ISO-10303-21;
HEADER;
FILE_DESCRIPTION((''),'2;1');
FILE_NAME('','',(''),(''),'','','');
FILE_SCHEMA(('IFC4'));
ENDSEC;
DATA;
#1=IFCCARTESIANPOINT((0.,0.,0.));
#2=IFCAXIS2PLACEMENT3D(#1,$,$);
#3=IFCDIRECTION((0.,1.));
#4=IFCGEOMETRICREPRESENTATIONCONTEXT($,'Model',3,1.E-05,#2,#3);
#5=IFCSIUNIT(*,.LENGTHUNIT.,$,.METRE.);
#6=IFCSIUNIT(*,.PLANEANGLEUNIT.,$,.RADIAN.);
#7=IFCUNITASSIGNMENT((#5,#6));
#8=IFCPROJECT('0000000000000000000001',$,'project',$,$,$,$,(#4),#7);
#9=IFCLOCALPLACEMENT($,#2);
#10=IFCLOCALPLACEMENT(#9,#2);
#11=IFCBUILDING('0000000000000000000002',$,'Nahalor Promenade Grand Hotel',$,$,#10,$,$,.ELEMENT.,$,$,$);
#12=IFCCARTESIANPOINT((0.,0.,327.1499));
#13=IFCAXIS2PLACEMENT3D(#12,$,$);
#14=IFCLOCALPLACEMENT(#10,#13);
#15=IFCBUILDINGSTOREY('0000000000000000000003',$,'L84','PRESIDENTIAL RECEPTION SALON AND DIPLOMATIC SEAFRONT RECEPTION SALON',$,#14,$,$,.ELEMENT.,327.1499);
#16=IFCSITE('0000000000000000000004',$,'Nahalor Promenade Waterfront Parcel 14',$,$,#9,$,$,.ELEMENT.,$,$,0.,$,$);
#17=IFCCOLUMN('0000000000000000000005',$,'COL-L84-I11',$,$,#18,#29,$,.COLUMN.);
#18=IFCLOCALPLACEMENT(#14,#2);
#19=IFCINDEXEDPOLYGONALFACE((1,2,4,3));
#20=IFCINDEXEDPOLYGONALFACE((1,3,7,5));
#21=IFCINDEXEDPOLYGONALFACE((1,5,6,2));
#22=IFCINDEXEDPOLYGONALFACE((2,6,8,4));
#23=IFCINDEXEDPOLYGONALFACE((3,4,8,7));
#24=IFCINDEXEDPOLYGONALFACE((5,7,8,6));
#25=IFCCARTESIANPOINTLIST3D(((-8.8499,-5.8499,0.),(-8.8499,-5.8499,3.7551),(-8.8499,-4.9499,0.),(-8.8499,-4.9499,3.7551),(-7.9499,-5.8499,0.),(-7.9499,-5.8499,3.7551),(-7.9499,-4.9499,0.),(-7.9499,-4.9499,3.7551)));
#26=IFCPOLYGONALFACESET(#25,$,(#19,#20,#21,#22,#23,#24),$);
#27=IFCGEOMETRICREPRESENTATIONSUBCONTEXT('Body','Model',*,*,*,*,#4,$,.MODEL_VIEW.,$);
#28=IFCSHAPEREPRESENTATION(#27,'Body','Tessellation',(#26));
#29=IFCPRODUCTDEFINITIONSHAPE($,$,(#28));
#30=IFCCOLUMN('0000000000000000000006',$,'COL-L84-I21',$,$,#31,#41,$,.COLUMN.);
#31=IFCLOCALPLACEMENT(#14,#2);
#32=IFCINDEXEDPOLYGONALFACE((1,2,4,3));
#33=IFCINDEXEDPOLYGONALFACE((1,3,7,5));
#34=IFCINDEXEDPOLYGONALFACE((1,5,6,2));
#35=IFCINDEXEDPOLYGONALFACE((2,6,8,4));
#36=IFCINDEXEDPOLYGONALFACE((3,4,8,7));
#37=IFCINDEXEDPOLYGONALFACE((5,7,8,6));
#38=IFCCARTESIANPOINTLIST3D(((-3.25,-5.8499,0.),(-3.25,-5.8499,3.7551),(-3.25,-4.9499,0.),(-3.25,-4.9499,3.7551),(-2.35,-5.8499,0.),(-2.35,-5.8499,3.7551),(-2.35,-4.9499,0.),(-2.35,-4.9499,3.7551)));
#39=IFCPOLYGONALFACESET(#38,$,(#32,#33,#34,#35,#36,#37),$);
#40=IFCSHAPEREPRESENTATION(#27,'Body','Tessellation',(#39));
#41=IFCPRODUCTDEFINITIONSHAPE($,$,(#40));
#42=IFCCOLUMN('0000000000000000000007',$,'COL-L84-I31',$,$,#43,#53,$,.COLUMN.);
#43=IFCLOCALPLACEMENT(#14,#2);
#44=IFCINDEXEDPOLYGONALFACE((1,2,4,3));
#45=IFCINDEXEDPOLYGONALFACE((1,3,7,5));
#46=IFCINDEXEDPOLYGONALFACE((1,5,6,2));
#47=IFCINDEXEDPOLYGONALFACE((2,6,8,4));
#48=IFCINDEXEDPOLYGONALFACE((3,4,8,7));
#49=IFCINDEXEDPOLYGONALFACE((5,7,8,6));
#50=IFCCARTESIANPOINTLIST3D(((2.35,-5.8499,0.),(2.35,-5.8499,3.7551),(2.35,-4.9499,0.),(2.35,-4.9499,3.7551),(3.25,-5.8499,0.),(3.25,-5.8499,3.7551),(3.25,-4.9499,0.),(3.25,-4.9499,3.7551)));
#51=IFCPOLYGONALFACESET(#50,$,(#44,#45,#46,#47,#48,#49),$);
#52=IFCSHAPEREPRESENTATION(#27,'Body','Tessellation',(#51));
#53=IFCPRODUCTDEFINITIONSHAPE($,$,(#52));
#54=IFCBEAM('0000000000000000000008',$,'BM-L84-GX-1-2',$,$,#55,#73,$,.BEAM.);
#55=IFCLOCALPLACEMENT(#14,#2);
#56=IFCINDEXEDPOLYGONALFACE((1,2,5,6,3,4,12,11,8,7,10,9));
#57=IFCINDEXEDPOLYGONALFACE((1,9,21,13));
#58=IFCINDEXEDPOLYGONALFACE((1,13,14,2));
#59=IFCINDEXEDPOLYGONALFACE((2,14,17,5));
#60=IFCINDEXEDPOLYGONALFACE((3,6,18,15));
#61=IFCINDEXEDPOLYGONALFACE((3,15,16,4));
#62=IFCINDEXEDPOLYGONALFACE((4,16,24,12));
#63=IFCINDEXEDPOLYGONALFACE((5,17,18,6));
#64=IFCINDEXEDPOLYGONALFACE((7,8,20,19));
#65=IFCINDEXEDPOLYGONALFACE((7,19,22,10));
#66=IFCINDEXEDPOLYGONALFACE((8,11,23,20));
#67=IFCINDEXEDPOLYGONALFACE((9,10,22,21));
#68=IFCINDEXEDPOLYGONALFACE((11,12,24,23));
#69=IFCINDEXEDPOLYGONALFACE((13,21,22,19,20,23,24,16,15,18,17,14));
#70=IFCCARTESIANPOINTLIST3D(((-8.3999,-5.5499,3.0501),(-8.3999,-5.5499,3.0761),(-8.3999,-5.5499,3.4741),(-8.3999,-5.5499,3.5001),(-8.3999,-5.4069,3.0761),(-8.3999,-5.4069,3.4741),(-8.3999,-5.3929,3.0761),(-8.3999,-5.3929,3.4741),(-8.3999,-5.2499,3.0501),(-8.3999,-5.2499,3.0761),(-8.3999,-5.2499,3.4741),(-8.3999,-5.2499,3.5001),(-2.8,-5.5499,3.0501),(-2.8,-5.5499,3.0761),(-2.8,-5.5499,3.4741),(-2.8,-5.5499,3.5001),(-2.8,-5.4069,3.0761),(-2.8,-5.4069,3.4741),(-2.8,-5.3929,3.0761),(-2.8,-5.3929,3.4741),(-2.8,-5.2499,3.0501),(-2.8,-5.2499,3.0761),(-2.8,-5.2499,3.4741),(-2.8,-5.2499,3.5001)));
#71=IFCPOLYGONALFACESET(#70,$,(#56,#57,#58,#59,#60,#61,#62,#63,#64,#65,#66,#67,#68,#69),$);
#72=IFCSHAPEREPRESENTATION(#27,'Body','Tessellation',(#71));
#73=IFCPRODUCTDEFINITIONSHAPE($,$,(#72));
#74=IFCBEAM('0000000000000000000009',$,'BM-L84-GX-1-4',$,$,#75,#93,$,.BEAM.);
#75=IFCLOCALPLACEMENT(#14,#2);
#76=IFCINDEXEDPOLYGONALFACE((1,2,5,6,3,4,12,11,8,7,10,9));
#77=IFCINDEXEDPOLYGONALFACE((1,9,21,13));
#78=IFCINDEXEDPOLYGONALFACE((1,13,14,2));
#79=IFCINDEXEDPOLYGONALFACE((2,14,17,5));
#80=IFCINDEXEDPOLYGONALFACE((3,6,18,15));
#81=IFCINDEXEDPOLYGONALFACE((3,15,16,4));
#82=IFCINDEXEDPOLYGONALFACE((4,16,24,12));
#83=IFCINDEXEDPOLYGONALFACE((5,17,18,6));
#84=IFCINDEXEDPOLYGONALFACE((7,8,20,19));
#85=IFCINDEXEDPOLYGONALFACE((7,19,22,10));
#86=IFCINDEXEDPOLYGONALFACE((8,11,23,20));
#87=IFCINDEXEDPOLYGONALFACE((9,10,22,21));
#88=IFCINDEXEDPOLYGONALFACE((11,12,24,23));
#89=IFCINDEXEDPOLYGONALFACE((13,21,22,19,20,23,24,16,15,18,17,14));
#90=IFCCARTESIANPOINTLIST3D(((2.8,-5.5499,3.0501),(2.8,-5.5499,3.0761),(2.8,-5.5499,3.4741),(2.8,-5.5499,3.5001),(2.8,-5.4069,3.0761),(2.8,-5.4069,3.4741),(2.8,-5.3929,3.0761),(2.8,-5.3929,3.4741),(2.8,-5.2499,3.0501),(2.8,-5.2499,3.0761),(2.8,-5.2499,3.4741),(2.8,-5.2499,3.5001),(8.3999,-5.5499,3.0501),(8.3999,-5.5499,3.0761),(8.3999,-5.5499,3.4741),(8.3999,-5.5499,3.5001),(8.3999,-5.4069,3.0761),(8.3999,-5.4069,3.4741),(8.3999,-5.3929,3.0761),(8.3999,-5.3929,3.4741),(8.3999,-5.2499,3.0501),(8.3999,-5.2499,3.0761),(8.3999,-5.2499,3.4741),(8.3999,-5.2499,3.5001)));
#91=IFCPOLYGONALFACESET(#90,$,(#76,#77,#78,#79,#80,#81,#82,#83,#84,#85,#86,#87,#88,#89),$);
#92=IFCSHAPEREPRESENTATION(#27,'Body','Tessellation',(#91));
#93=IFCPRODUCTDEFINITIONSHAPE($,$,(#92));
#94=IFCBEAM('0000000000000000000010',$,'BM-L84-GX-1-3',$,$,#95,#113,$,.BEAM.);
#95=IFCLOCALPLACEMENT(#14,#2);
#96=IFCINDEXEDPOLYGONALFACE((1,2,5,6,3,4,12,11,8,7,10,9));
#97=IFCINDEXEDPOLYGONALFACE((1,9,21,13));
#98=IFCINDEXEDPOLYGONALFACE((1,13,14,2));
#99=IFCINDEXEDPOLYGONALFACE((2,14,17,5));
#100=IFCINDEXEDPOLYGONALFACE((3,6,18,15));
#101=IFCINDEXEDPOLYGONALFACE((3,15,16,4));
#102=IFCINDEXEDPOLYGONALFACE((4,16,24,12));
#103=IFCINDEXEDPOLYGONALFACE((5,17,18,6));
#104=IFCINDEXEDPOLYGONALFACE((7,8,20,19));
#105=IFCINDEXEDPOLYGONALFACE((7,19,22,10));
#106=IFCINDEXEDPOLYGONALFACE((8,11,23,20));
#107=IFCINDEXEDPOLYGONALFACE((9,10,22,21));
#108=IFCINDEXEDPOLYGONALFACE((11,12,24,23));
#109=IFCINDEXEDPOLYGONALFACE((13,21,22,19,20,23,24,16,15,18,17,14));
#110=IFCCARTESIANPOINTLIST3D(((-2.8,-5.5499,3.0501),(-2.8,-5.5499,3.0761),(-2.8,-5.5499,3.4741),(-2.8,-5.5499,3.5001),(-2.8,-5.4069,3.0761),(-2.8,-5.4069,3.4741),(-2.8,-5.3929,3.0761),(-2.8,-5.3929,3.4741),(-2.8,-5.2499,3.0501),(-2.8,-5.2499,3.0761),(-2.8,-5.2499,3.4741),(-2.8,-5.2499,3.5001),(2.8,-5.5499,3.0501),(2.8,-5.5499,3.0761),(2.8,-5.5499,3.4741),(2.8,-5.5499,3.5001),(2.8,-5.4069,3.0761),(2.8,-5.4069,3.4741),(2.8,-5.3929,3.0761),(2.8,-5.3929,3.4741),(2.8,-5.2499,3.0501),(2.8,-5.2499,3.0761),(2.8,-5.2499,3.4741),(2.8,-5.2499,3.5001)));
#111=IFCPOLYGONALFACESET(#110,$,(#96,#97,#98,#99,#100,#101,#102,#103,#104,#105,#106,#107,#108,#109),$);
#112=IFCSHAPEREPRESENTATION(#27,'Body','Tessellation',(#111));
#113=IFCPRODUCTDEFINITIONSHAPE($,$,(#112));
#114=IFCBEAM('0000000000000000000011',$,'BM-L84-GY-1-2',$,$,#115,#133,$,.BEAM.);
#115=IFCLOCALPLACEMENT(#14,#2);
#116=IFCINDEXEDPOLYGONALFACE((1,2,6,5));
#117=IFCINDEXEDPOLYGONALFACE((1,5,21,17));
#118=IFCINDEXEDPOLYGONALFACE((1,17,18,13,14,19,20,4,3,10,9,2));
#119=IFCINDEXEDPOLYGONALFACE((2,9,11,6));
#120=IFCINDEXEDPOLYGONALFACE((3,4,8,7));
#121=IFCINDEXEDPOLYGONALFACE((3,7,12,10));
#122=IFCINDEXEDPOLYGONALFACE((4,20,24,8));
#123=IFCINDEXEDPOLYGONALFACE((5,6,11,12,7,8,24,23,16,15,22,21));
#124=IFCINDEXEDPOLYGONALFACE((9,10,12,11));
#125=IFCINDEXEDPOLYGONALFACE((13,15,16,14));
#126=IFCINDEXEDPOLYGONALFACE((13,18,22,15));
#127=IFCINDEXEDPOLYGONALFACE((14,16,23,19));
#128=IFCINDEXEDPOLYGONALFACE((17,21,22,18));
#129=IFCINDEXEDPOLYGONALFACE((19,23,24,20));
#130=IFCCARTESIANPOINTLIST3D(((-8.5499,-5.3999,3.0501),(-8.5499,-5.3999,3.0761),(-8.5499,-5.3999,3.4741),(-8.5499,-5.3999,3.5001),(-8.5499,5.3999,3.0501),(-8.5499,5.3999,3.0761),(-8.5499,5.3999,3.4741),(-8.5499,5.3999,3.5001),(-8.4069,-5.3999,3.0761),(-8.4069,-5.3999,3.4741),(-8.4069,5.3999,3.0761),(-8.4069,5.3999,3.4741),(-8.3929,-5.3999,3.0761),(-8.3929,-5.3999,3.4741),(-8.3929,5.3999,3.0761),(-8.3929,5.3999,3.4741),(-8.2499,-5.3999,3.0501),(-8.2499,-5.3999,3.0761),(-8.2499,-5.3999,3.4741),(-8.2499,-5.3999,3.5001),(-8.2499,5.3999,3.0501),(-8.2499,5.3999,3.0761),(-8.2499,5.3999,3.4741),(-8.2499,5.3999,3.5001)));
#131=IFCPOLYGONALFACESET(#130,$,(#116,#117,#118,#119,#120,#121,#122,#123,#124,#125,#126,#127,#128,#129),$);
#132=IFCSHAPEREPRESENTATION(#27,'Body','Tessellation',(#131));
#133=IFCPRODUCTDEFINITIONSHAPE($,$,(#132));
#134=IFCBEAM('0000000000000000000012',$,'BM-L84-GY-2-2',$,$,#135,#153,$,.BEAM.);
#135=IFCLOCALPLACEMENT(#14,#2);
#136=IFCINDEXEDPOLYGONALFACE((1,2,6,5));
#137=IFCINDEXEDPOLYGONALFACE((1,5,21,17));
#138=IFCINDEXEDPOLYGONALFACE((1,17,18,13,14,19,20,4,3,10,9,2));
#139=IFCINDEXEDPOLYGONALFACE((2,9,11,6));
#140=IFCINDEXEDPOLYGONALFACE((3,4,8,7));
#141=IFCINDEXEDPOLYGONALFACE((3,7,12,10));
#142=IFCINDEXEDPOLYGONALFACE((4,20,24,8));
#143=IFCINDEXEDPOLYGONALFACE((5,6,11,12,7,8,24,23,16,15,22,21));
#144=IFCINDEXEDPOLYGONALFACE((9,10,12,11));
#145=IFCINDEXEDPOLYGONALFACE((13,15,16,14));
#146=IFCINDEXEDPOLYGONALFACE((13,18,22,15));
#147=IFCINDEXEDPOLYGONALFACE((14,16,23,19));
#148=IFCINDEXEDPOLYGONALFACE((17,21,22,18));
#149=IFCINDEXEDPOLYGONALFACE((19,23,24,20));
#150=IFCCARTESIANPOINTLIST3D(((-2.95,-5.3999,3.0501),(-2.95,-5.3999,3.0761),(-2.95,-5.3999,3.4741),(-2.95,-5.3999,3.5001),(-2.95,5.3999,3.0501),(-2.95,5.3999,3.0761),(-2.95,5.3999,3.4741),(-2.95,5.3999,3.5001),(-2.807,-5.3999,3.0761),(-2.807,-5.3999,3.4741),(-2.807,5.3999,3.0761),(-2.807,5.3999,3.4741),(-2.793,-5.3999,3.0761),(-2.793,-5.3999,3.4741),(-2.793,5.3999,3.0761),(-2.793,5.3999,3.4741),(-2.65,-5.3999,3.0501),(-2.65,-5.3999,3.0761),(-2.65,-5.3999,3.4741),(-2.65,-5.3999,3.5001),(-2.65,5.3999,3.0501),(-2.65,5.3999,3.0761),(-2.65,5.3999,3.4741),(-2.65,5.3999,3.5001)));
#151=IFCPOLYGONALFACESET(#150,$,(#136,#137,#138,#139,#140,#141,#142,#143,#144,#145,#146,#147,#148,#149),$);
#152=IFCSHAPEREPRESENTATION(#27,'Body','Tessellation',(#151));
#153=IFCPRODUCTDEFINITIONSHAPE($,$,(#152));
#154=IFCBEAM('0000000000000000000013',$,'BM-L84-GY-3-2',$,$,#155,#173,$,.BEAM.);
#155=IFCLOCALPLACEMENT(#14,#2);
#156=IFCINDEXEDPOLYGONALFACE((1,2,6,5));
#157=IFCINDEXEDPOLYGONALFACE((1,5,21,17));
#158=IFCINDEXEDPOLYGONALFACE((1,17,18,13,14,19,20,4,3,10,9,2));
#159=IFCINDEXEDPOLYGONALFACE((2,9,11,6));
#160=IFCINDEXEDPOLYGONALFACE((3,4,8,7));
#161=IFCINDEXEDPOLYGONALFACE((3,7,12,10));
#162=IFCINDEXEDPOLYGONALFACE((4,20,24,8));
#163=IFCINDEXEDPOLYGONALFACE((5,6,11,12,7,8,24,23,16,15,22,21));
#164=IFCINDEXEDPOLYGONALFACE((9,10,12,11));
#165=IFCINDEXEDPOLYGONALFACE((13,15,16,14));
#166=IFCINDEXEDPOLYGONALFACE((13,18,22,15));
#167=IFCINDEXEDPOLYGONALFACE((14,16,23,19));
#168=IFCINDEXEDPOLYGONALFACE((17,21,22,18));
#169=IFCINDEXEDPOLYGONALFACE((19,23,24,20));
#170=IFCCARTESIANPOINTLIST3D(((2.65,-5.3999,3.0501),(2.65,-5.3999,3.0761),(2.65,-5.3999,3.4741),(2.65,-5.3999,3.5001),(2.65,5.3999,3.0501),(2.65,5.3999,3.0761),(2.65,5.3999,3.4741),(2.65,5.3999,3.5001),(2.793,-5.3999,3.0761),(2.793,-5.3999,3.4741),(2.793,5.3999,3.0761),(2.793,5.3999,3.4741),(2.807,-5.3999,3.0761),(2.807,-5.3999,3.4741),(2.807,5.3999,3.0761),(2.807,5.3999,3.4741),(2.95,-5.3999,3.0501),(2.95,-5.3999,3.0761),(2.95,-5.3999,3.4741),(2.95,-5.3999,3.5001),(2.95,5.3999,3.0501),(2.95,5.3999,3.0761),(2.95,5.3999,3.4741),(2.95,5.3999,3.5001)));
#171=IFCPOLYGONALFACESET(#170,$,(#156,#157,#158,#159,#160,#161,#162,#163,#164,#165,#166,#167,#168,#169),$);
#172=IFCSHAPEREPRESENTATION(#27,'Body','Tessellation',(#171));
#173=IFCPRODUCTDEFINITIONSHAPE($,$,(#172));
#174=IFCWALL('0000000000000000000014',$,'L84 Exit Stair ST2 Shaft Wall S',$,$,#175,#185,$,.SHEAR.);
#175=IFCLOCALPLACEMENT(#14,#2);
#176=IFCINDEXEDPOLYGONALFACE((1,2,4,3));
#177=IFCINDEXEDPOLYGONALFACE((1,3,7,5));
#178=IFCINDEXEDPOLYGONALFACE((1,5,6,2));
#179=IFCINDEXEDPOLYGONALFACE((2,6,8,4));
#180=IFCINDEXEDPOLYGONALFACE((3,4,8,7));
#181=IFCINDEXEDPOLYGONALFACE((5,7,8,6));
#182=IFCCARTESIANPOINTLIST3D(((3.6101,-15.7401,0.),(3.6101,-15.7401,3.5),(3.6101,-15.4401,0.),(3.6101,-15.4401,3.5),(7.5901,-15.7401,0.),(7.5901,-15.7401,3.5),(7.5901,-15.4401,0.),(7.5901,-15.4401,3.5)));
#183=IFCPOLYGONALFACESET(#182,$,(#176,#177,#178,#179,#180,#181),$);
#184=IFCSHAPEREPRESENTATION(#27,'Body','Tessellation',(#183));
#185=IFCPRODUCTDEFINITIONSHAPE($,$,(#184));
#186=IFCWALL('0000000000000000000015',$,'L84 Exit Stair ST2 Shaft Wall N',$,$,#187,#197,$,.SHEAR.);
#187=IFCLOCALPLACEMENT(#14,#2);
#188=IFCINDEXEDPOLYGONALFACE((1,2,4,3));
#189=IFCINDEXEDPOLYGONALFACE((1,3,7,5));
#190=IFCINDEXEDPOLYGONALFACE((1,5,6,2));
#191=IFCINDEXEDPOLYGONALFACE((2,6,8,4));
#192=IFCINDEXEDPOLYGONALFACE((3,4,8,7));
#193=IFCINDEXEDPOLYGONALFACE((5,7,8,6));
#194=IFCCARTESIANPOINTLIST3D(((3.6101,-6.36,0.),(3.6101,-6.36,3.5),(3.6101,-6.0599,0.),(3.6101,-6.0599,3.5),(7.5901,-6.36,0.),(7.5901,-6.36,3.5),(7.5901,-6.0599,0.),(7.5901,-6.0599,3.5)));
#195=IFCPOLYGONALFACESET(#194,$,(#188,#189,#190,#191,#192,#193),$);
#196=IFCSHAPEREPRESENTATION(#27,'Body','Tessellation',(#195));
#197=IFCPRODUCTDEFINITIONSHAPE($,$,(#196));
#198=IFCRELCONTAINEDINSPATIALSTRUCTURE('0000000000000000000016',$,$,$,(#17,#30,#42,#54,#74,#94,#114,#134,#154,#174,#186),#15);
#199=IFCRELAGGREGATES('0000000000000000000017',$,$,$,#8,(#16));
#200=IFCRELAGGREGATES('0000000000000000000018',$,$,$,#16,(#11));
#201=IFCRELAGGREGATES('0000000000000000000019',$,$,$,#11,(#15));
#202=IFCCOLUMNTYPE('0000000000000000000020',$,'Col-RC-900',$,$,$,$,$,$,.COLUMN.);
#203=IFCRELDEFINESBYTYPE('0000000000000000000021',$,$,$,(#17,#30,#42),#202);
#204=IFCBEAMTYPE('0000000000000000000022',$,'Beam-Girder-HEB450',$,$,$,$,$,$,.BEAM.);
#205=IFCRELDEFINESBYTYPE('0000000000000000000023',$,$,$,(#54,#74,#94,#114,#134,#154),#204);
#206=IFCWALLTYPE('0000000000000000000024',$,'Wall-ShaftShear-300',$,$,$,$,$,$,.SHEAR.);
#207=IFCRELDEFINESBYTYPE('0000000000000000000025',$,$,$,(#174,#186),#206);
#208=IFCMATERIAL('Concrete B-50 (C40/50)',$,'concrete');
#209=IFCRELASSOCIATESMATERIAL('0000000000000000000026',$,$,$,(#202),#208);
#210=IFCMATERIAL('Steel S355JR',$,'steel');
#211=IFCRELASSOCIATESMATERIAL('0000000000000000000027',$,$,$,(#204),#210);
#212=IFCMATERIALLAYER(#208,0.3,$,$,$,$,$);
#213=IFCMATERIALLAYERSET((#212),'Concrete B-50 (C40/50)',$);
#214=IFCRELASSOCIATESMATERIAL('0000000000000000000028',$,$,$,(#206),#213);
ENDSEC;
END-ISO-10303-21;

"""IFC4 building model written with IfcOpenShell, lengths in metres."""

from ifc_helpers import new_model, si_unit, direction, frame, frame_2d, origin, origin_2d, place, context, subcontext, project, spatial, rectangle, i_section, extrude, source, transform, mapped, material, layer, layer_set, material_profile, profile_set, type_object, element, save


model = new_model("IFC4")

# Units and contexts
model_context = context("Model", 3, precision=1e-05, world=origin(), true_north=direction((0.0, 1.0)))
body_context = subcontext(model_context, "Body", "Model", "MODEL_VIEW")
ifc_project = project(units=[si_unit("LENGTHUNIT", "METRE"), si_unit("PLANEANGLEUNIT", "RADIAN")], contexts=[model_context])

# Site, building, storey
site_placement = place(None, origin())
site = spatial("IfcSite", under=ifc_project, at=site_placement, Name="Nahalor Promenade Waterfront Parcel 14", CompositionType="ELEMENT", RefElevation=0.0)
building_placement = place(site_placement, origin())
building = spatial("IfcBuilding", under=site, at=building_placement, Name="Nahalor Promenade Grand Hotel", CompositionType="ELEMENT")
storey_placement = place(building_placement, frame((0.0, 0.0, 327.1499)))
storey = spatial("IfcBuildingStorey", under=building, at=storey_placement, Name="L84", Description="PRESIDENTIAL RECEPTION SALON AND DIPLOMATIC SEAFRONT RECEPTION SALON", CompositionType="ELEMENT", Elevation=327.1499)

# Columns
ifc_material_1 = material(Name="Concrete B-50 (C40/50)", Category="concrete")
ifc_material_profile_1 = material_profile(ifc_material_1, rectangle(XDim=0.9, YDim=0.9, at=origin_2d()), Name="RC 900x900")
ifc_profile_set_1 = profile_set([ifc_material_profile_1], Name="Concrete B-50 (C40/50)")
column_type = type_object("IfcColumnType", Name="Col-RC-900", PredefinedType="COLUMN", material=ifc_profile_set_1)
shared_shape_1 = source(origin(), body_context, "Body", "SweptSolid", [
    extrude(rectangle(XDim=0.9, YDim=0.9, at=origin_2d()), origin(), (0.0, 0.0, 1.0), 3.7551),
])
for number, where, z_axis, x_axis, name in (
    (1, (-8.3999, -5.3999, 0.0), (0.0, 0.0, 1.0), (1.0, 0.0, 0.0), "COL-L84-I11"),
    (2, (-2.8, -5.3999, 0.0), (0.0, 0.0, 1.0), (1.0, 0.0, 0.0), "COL-L84-I21"),
    (3, (2.8, -5.3999, 0.0), (0.0, 0.0, 1.0), (1.0, 0.0, 0.0), "COL-L84-I31"),
):
    element("IfcColumn", number, at=place(storey_placement, frame(where, z_axis=z_axis, x_axis=x_axis)), inside=storey, type_object=column_type, Name=name, PredefinedType="COLUMN", context=body_context, shape_type="MappedRepresentation", body=[
        mapped(shared_shape_1, transform((0.0, 0.0, 0.0), scale=1.0)),
    ])

# Beams
ifc_material_2 = material(Name="Steel S355JR", Category="steel")
ifc_material_profile_2 = material_profile(ifc_material_2, i_section(OverallWidth=0.3, OverallDepth=0.45, WebThickness=0.014, FlangeThickness=0.026, at=origin_2d()), Name="HEB 450")
ifc_profile_set_2 = profile_set([ifc_material_profile_2], Name="Steel S355JR")
beam_type = type_object("IfcBeamType", Name="Beam-Girder-HEB450", PredefinedType="BEAM", material=ifc_profile_set_2)
shared_shape_2 = source(origin(), body_context, "Body", "SweptSolid", [
    extrude(i_section(OverallWidth=0.3, OverallDepth=0.45, WebThickness=0.014, FlangeThickness=0.026, at=origin_2d()), origin(), (0.0, 0.0, 1.0), 5.5999),
])
for number, where, z_axis, x_axis, name in (
    (4, (-8.3999, -5.3999, 3.2751), (1.0, 0.0, 0.0), (0.0, 1.0, 0.0), "BM-L84-GX-1-2"),
    (5, (2.8, -5.3999, 3.2751), (1.0, 0.0, 0.0), (0.0, 1.0, 0.0), "BM-L84-GX-1-4"),
):
    element("IfcBeam", number, at=place(storey_placement, frame(where, z_axis=z_axis, x_axis=x_axis)), inside=storey, type_object=beam_type, Name=name, PredefinedType="BEAM", context=body_context, shape_type="MappedRepresentation", body=[
        mapped(shared_shape_2, transform((0.0, 0.0, 0.0), scale=1.0)),
    ])
shared_shape_3 = source(origin(), body_context, "Body", "SweptSolid", [
    extrude(i_section(OverallWidth=0.3, OverallDepth=0.45, WebThickness=0.014, FlangeThickness=0.026, at=origin_2d()), origin(), (0.0, 0.0, 1.0), 5.6001),
])
beam_placement = place(storey_placement, frame((-2.8, -5.3999, 3.2751), z_axis=(1.0, 0.0, 0.0), x_axis=(0.0, 1.0, 0.0)))
element("IfcBeam", 6, at=beam_placement, inside=storey, type_object=beam_type, Name="BM-L84-GX-1-3", PredefinedType="BEAM", context=body_context, shape_type="MappedRepresentation", body=[
    mapped(shared_shape_3, transform((0.0, 0.0, 0.0), scale=1.0)),
])
shared_shape_4 = source(origin(), body_context, "Body", "SweptSolid", [
    extrude(i_section(OverallWidth=0.3, OverallDepth=0.45, WebThickness=0.014, FlangeThickness=0.026, at=origin_2d()), origin(), (0.0, 0.0, 1.0), 10.7998),
])
for number, where, z_axis, x_axis, name in (
    (7, (-8.3999, -5.3999, 3.2751), (0.0, 1.0, 0.0), (-1.0, 0.0, 0.0), "BM-L84-GY-1-2"),
    (8, (-2.8, -5.3999, 3.2751), (0.0, 1.0, 0.0), (-1.0, 0.0, 0.0), "BM-L84-GY-2-2"),
    (9, (2.8, -5.3999, 3.2751), (0.0, 1.0, 0.0), (-1.0, 0.0, 0.0), "BM-L84-GY-3-2"),
):
    element("IfcBeam", number, at=place(storey_placement, frame(where, z_axis=z_axis, x_axis=x_axis)), inside=storey, type_object=beam_type, Name=name, PredefinedType="BEAM", context=body_context, shape_type="MappedRepresentation", body=[
        mapped(shared_shape_4, transform((0.0, 0.0, 0.0), scale=1.0)),
    ])

# Walls
ifc_layer_1 = layer(ifc_material_1, 0.3)
ifc_layer_set_1 = layer_set([ifc_layer_1], Name="Concrete B-50 (C40/50)")
wall_type = type_object("IfcWallType", Name="Wall-ShaftShear-300", PredefinedType="SHEAR", material=ifc_layer_set_1)
shared_shape_5 = source(origin(), body_context, "Body", "SweptSolid", [
    extrude(rectangle(XDim=3.98, YDim=0.3, at=frame_2d((1.99, 0.0))), origin(), (0.0, 0.0, 1.0), 3.5),
])
for number, where, z_axis, x_axis, name in (
    (10, (3.6101, -15.5901, 0.0), (0.0, 0.0, 1.0), (1.0, 0.0, 0.0), "L84 Exit Stair ST2 Shaft Wall S"),
    (11, (3.6101, -6.21, 0.0), (0.0, 0.0, 1.0), (1.0, 0.0, 0.0), "L84 Exit Stair ST2 Shaft Wall N"),
):
    element("IfcWall", number, at=place(storey_placement, frame(where, z_axis=z_axis, x_axis=x_axis)), inside=storey, type_object=wall_type, Name=name, PredefinedType="SHEAR", context=body_context, shape_type="MappedRepresentation", body=[
        mapped(shared_shape_5, transform((0.0, 0.0, 0.0), scale=1.0)),
    ])

save(model, "model.ifc")
